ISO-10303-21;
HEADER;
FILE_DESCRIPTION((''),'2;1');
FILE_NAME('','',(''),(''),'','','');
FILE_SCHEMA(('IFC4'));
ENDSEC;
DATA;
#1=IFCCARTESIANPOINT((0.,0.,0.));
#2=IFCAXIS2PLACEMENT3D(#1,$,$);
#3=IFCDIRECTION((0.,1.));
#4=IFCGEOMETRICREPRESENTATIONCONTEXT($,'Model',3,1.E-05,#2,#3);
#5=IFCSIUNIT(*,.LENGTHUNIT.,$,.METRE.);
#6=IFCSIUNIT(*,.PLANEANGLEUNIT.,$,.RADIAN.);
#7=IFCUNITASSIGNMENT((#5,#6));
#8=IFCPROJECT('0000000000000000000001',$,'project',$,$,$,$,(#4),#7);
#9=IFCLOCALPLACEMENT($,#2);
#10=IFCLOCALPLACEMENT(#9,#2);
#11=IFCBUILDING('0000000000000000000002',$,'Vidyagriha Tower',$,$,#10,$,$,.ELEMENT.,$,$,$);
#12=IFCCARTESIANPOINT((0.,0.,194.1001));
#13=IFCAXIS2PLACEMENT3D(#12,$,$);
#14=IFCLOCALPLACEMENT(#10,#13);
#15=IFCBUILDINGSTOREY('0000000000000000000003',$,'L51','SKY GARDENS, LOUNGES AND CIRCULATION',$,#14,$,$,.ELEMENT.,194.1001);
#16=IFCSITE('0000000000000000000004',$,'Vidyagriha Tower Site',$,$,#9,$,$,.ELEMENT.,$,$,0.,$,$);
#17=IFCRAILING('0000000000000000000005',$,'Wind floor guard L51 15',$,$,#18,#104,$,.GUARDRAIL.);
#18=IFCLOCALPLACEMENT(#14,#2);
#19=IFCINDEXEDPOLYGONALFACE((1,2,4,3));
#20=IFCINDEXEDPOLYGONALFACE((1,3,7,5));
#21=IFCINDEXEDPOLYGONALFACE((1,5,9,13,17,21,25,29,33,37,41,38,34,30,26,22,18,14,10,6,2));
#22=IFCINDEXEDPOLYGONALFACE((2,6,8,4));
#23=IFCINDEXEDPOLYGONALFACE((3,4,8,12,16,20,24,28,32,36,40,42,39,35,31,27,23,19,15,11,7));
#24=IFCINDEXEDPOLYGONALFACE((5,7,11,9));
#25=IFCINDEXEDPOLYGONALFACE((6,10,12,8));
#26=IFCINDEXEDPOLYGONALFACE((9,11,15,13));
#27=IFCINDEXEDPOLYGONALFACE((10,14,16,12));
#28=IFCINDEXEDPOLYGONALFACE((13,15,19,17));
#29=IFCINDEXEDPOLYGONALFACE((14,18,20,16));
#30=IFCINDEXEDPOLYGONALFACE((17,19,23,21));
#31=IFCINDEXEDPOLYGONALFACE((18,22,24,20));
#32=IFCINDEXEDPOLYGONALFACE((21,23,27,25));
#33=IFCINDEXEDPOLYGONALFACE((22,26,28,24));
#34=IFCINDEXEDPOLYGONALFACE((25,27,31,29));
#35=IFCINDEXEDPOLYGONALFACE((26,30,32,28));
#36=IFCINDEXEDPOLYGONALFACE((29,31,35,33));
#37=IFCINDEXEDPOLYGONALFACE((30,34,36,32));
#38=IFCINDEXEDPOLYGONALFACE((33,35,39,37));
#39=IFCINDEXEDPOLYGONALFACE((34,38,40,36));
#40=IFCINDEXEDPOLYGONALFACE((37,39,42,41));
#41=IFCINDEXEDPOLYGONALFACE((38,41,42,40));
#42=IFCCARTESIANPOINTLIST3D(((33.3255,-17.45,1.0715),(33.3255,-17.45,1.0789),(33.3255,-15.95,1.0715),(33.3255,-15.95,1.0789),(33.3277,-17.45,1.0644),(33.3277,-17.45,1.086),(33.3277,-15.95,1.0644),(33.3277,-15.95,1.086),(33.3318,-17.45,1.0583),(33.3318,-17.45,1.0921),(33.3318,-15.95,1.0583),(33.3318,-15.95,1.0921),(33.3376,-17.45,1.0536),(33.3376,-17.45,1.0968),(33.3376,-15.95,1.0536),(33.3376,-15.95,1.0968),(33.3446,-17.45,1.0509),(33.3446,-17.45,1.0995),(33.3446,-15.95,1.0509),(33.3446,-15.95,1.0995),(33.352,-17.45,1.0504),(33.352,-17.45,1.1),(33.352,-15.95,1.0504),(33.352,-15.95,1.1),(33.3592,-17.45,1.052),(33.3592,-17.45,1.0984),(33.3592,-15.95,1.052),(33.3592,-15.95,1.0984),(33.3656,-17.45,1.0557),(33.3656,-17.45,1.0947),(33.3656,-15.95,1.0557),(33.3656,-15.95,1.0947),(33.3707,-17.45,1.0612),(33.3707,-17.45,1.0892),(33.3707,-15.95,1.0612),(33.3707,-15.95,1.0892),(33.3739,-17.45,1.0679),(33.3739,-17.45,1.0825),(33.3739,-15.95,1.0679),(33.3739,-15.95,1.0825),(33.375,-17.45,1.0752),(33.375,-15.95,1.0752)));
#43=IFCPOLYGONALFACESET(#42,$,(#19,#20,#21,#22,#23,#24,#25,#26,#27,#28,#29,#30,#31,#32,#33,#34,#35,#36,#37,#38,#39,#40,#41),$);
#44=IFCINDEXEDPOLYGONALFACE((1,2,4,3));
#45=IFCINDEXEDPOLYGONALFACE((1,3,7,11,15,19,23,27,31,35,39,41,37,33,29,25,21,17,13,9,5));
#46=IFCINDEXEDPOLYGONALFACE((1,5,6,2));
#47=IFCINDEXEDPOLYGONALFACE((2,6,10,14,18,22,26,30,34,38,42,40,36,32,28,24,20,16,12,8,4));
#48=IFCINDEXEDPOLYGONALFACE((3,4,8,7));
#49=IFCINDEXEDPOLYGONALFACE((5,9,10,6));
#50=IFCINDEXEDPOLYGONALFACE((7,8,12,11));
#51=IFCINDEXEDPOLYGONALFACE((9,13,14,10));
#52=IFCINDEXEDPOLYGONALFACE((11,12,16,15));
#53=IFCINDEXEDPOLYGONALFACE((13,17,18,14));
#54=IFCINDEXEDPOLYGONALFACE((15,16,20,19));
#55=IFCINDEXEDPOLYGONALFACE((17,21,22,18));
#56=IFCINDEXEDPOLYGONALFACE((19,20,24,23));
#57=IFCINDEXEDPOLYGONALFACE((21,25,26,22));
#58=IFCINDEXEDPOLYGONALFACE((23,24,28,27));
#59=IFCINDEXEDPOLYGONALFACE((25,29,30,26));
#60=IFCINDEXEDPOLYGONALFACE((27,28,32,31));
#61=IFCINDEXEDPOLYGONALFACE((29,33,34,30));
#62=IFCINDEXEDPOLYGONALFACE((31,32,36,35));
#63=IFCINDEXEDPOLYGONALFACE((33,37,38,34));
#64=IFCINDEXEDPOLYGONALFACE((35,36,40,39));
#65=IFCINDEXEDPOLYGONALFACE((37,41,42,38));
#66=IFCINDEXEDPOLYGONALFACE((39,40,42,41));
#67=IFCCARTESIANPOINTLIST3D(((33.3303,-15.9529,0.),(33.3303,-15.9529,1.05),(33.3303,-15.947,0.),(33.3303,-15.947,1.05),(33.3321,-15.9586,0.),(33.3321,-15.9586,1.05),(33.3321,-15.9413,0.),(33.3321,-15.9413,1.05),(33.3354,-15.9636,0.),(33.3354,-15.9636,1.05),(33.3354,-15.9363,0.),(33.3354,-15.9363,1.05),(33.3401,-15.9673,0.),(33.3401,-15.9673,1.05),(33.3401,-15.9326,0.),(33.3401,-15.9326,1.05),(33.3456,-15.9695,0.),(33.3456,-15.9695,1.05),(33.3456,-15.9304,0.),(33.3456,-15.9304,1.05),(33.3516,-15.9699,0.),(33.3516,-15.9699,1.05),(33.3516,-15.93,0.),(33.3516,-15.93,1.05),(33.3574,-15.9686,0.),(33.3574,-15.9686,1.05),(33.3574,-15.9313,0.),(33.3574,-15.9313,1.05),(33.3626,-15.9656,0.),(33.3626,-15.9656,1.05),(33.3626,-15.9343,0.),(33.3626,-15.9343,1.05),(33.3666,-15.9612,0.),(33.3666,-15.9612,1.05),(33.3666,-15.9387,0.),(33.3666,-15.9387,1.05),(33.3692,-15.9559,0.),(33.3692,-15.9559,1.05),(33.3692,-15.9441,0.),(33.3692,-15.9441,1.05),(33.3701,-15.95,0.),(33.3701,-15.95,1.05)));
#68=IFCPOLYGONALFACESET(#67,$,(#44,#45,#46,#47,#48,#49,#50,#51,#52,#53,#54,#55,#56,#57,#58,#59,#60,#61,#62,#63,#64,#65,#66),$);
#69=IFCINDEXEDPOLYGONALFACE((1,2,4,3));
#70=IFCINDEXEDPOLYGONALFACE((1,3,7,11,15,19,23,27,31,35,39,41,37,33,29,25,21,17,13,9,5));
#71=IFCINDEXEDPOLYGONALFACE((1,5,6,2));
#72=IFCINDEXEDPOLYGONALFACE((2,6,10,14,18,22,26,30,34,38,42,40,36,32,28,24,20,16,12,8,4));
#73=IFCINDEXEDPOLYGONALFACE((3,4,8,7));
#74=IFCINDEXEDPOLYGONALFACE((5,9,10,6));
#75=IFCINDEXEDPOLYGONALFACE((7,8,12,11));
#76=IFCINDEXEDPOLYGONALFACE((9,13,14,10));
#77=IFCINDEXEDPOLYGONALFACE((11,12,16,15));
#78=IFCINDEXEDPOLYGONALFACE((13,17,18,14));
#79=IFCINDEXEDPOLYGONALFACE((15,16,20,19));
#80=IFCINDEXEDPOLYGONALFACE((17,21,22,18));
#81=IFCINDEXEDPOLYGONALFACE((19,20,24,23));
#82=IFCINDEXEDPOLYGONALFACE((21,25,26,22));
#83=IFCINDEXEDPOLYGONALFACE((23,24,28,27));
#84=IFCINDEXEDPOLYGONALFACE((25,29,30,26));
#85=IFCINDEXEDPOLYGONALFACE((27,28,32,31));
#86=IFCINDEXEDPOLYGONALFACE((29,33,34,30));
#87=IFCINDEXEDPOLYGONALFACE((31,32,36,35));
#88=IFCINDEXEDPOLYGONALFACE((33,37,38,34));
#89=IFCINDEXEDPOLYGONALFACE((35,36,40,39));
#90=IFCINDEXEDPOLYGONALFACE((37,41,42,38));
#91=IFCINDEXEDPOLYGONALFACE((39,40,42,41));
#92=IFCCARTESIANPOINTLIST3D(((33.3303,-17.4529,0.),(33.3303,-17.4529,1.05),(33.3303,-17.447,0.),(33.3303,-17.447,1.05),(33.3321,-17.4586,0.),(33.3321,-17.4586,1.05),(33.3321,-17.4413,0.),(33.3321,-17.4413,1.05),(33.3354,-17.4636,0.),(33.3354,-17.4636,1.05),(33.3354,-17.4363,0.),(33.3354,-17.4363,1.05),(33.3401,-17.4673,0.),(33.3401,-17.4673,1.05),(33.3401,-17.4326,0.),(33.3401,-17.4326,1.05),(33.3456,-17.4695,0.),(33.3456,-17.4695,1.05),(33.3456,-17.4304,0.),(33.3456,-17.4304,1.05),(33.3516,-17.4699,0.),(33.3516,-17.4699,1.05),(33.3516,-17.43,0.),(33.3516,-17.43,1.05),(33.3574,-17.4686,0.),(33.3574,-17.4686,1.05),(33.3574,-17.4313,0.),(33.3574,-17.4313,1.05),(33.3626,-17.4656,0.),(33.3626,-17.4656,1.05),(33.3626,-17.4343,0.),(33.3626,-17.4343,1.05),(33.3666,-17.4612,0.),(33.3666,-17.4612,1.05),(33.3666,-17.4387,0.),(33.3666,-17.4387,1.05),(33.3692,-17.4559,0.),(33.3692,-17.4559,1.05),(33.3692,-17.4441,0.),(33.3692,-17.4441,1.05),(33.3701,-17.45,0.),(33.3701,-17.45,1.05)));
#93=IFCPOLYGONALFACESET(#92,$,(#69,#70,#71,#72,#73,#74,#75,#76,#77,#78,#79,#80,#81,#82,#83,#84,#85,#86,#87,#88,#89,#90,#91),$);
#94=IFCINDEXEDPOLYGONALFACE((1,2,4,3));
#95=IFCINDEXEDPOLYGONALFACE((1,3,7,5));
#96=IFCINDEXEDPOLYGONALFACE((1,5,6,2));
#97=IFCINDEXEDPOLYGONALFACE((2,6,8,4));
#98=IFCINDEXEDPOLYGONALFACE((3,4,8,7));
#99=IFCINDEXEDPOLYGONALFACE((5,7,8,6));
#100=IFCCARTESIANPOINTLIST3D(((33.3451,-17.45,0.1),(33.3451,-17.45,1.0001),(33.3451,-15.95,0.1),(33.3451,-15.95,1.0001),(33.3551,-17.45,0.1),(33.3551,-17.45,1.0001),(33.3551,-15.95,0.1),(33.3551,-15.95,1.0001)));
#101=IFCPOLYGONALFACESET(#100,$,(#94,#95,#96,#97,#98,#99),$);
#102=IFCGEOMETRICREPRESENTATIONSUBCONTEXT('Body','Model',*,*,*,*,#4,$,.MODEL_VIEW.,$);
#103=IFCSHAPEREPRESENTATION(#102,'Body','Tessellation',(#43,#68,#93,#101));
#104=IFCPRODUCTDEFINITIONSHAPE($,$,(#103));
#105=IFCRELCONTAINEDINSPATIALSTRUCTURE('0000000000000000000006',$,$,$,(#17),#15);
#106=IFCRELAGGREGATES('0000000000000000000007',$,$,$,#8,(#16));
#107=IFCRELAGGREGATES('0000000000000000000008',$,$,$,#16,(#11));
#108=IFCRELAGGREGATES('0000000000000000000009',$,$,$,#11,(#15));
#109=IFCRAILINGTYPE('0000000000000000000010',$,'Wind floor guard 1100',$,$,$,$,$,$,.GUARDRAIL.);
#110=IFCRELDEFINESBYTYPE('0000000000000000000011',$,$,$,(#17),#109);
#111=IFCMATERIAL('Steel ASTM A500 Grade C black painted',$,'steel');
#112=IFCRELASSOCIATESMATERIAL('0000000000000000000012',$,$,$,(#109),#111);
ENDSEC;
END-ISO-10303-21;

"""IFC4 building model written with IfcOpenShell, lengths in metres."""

from ifc_helpers import new_model, si_unit, direction, frame, origin, origin_2d, place, context, subcontext, project, spatial, rectangle, circle, extrude, material, type_object, element, save


model = new_model("IFC4")

# Units and contexts
model_context = context("Model", 3, precision=1e-05, world=origin(), true_north=direction((0.0, 1.0)))
body_context = subcontext(model_context, "Body", "Model", "MODEL_VIEW")
ifc_project = project(units=[si_unit("LENGTHUNIT", "METRE"), si_unit("PLANEANGLEUNIT", "RADIAN")], contexts=[model_context])

# Site, building, storey
site_placement = place(None, origin())
site = spatial("IfcSite", under=ifc_project, at=site_placement, Name="Vidyagriha Tower Site", CompositionType="ELEMENT", RefElevation=0.0)
building_placement = place(site_placement, origin())
building = spatial("IfcBuilding", under=site, at=building_placement, Name="Vidyagriha Tower", CompositionType="ELEMENT")
storey_placement = place(building_placement, frame((0.0, 0.0, 194.1001)))
storey = spatial("IfcBuildingStorey", under=building, at=storey_placement, Name="L51", Description="SKY GARDENS, LOUNGES AND CIRCULATION", CompositionType="ELEMENT", Elevation=194.1001)

# Railing
ifc_material_1 = material(Name="Steel ASTM A500 Grade C black painted", Category="steel")
railing_type = type_object("IfcRailingType", Name="Wind floor guard 1100", PredefinedType="GUARDRAIL", material=ifc_material_1)
railing_1_placement = place(storey_placement, frame((33.3501, -15.95, 0.0)))
element("IfcRailing", 1, at=railing_1_placement, inside=storey, type_object=railing_type, Name="Wind floor guard L51 15", PredefinedType="GUARDRAIL", context=body_context, shape_type="SweptSolid", body=[
    extrude(circle(Radius=0.0249, at=origin_2d()), frame((0.0, 0.0, 1.0752), z_axis=(0.0, -1.0, 0.0), x_axis=(1.0, 0.0, 0.0)), (0.0, 0.0, 1.0), 1.5),
    extrude(circle(Radius=0.02, at=origin_2d()), origin(), (0.0, 0.0, 1.0), 1.05),
    extrude(circle(Radius=0.02, at=origin_2d()), frame((0.0, -1.5, 0.0)), (0.0, 0.0, 1.0), 1.05),
    extrude(rectangle(XDim=0.01, YDim=0.9001, at=origin_2d()), frame((0.0, 0.0, 0.55), z_axis=(0.0, -1.0, 0.0), x_axis=(1.0, 0.0, 0.0)), (0.0, 0.0, 1.0), 1.5),
])

save(model, "model.ifc")
